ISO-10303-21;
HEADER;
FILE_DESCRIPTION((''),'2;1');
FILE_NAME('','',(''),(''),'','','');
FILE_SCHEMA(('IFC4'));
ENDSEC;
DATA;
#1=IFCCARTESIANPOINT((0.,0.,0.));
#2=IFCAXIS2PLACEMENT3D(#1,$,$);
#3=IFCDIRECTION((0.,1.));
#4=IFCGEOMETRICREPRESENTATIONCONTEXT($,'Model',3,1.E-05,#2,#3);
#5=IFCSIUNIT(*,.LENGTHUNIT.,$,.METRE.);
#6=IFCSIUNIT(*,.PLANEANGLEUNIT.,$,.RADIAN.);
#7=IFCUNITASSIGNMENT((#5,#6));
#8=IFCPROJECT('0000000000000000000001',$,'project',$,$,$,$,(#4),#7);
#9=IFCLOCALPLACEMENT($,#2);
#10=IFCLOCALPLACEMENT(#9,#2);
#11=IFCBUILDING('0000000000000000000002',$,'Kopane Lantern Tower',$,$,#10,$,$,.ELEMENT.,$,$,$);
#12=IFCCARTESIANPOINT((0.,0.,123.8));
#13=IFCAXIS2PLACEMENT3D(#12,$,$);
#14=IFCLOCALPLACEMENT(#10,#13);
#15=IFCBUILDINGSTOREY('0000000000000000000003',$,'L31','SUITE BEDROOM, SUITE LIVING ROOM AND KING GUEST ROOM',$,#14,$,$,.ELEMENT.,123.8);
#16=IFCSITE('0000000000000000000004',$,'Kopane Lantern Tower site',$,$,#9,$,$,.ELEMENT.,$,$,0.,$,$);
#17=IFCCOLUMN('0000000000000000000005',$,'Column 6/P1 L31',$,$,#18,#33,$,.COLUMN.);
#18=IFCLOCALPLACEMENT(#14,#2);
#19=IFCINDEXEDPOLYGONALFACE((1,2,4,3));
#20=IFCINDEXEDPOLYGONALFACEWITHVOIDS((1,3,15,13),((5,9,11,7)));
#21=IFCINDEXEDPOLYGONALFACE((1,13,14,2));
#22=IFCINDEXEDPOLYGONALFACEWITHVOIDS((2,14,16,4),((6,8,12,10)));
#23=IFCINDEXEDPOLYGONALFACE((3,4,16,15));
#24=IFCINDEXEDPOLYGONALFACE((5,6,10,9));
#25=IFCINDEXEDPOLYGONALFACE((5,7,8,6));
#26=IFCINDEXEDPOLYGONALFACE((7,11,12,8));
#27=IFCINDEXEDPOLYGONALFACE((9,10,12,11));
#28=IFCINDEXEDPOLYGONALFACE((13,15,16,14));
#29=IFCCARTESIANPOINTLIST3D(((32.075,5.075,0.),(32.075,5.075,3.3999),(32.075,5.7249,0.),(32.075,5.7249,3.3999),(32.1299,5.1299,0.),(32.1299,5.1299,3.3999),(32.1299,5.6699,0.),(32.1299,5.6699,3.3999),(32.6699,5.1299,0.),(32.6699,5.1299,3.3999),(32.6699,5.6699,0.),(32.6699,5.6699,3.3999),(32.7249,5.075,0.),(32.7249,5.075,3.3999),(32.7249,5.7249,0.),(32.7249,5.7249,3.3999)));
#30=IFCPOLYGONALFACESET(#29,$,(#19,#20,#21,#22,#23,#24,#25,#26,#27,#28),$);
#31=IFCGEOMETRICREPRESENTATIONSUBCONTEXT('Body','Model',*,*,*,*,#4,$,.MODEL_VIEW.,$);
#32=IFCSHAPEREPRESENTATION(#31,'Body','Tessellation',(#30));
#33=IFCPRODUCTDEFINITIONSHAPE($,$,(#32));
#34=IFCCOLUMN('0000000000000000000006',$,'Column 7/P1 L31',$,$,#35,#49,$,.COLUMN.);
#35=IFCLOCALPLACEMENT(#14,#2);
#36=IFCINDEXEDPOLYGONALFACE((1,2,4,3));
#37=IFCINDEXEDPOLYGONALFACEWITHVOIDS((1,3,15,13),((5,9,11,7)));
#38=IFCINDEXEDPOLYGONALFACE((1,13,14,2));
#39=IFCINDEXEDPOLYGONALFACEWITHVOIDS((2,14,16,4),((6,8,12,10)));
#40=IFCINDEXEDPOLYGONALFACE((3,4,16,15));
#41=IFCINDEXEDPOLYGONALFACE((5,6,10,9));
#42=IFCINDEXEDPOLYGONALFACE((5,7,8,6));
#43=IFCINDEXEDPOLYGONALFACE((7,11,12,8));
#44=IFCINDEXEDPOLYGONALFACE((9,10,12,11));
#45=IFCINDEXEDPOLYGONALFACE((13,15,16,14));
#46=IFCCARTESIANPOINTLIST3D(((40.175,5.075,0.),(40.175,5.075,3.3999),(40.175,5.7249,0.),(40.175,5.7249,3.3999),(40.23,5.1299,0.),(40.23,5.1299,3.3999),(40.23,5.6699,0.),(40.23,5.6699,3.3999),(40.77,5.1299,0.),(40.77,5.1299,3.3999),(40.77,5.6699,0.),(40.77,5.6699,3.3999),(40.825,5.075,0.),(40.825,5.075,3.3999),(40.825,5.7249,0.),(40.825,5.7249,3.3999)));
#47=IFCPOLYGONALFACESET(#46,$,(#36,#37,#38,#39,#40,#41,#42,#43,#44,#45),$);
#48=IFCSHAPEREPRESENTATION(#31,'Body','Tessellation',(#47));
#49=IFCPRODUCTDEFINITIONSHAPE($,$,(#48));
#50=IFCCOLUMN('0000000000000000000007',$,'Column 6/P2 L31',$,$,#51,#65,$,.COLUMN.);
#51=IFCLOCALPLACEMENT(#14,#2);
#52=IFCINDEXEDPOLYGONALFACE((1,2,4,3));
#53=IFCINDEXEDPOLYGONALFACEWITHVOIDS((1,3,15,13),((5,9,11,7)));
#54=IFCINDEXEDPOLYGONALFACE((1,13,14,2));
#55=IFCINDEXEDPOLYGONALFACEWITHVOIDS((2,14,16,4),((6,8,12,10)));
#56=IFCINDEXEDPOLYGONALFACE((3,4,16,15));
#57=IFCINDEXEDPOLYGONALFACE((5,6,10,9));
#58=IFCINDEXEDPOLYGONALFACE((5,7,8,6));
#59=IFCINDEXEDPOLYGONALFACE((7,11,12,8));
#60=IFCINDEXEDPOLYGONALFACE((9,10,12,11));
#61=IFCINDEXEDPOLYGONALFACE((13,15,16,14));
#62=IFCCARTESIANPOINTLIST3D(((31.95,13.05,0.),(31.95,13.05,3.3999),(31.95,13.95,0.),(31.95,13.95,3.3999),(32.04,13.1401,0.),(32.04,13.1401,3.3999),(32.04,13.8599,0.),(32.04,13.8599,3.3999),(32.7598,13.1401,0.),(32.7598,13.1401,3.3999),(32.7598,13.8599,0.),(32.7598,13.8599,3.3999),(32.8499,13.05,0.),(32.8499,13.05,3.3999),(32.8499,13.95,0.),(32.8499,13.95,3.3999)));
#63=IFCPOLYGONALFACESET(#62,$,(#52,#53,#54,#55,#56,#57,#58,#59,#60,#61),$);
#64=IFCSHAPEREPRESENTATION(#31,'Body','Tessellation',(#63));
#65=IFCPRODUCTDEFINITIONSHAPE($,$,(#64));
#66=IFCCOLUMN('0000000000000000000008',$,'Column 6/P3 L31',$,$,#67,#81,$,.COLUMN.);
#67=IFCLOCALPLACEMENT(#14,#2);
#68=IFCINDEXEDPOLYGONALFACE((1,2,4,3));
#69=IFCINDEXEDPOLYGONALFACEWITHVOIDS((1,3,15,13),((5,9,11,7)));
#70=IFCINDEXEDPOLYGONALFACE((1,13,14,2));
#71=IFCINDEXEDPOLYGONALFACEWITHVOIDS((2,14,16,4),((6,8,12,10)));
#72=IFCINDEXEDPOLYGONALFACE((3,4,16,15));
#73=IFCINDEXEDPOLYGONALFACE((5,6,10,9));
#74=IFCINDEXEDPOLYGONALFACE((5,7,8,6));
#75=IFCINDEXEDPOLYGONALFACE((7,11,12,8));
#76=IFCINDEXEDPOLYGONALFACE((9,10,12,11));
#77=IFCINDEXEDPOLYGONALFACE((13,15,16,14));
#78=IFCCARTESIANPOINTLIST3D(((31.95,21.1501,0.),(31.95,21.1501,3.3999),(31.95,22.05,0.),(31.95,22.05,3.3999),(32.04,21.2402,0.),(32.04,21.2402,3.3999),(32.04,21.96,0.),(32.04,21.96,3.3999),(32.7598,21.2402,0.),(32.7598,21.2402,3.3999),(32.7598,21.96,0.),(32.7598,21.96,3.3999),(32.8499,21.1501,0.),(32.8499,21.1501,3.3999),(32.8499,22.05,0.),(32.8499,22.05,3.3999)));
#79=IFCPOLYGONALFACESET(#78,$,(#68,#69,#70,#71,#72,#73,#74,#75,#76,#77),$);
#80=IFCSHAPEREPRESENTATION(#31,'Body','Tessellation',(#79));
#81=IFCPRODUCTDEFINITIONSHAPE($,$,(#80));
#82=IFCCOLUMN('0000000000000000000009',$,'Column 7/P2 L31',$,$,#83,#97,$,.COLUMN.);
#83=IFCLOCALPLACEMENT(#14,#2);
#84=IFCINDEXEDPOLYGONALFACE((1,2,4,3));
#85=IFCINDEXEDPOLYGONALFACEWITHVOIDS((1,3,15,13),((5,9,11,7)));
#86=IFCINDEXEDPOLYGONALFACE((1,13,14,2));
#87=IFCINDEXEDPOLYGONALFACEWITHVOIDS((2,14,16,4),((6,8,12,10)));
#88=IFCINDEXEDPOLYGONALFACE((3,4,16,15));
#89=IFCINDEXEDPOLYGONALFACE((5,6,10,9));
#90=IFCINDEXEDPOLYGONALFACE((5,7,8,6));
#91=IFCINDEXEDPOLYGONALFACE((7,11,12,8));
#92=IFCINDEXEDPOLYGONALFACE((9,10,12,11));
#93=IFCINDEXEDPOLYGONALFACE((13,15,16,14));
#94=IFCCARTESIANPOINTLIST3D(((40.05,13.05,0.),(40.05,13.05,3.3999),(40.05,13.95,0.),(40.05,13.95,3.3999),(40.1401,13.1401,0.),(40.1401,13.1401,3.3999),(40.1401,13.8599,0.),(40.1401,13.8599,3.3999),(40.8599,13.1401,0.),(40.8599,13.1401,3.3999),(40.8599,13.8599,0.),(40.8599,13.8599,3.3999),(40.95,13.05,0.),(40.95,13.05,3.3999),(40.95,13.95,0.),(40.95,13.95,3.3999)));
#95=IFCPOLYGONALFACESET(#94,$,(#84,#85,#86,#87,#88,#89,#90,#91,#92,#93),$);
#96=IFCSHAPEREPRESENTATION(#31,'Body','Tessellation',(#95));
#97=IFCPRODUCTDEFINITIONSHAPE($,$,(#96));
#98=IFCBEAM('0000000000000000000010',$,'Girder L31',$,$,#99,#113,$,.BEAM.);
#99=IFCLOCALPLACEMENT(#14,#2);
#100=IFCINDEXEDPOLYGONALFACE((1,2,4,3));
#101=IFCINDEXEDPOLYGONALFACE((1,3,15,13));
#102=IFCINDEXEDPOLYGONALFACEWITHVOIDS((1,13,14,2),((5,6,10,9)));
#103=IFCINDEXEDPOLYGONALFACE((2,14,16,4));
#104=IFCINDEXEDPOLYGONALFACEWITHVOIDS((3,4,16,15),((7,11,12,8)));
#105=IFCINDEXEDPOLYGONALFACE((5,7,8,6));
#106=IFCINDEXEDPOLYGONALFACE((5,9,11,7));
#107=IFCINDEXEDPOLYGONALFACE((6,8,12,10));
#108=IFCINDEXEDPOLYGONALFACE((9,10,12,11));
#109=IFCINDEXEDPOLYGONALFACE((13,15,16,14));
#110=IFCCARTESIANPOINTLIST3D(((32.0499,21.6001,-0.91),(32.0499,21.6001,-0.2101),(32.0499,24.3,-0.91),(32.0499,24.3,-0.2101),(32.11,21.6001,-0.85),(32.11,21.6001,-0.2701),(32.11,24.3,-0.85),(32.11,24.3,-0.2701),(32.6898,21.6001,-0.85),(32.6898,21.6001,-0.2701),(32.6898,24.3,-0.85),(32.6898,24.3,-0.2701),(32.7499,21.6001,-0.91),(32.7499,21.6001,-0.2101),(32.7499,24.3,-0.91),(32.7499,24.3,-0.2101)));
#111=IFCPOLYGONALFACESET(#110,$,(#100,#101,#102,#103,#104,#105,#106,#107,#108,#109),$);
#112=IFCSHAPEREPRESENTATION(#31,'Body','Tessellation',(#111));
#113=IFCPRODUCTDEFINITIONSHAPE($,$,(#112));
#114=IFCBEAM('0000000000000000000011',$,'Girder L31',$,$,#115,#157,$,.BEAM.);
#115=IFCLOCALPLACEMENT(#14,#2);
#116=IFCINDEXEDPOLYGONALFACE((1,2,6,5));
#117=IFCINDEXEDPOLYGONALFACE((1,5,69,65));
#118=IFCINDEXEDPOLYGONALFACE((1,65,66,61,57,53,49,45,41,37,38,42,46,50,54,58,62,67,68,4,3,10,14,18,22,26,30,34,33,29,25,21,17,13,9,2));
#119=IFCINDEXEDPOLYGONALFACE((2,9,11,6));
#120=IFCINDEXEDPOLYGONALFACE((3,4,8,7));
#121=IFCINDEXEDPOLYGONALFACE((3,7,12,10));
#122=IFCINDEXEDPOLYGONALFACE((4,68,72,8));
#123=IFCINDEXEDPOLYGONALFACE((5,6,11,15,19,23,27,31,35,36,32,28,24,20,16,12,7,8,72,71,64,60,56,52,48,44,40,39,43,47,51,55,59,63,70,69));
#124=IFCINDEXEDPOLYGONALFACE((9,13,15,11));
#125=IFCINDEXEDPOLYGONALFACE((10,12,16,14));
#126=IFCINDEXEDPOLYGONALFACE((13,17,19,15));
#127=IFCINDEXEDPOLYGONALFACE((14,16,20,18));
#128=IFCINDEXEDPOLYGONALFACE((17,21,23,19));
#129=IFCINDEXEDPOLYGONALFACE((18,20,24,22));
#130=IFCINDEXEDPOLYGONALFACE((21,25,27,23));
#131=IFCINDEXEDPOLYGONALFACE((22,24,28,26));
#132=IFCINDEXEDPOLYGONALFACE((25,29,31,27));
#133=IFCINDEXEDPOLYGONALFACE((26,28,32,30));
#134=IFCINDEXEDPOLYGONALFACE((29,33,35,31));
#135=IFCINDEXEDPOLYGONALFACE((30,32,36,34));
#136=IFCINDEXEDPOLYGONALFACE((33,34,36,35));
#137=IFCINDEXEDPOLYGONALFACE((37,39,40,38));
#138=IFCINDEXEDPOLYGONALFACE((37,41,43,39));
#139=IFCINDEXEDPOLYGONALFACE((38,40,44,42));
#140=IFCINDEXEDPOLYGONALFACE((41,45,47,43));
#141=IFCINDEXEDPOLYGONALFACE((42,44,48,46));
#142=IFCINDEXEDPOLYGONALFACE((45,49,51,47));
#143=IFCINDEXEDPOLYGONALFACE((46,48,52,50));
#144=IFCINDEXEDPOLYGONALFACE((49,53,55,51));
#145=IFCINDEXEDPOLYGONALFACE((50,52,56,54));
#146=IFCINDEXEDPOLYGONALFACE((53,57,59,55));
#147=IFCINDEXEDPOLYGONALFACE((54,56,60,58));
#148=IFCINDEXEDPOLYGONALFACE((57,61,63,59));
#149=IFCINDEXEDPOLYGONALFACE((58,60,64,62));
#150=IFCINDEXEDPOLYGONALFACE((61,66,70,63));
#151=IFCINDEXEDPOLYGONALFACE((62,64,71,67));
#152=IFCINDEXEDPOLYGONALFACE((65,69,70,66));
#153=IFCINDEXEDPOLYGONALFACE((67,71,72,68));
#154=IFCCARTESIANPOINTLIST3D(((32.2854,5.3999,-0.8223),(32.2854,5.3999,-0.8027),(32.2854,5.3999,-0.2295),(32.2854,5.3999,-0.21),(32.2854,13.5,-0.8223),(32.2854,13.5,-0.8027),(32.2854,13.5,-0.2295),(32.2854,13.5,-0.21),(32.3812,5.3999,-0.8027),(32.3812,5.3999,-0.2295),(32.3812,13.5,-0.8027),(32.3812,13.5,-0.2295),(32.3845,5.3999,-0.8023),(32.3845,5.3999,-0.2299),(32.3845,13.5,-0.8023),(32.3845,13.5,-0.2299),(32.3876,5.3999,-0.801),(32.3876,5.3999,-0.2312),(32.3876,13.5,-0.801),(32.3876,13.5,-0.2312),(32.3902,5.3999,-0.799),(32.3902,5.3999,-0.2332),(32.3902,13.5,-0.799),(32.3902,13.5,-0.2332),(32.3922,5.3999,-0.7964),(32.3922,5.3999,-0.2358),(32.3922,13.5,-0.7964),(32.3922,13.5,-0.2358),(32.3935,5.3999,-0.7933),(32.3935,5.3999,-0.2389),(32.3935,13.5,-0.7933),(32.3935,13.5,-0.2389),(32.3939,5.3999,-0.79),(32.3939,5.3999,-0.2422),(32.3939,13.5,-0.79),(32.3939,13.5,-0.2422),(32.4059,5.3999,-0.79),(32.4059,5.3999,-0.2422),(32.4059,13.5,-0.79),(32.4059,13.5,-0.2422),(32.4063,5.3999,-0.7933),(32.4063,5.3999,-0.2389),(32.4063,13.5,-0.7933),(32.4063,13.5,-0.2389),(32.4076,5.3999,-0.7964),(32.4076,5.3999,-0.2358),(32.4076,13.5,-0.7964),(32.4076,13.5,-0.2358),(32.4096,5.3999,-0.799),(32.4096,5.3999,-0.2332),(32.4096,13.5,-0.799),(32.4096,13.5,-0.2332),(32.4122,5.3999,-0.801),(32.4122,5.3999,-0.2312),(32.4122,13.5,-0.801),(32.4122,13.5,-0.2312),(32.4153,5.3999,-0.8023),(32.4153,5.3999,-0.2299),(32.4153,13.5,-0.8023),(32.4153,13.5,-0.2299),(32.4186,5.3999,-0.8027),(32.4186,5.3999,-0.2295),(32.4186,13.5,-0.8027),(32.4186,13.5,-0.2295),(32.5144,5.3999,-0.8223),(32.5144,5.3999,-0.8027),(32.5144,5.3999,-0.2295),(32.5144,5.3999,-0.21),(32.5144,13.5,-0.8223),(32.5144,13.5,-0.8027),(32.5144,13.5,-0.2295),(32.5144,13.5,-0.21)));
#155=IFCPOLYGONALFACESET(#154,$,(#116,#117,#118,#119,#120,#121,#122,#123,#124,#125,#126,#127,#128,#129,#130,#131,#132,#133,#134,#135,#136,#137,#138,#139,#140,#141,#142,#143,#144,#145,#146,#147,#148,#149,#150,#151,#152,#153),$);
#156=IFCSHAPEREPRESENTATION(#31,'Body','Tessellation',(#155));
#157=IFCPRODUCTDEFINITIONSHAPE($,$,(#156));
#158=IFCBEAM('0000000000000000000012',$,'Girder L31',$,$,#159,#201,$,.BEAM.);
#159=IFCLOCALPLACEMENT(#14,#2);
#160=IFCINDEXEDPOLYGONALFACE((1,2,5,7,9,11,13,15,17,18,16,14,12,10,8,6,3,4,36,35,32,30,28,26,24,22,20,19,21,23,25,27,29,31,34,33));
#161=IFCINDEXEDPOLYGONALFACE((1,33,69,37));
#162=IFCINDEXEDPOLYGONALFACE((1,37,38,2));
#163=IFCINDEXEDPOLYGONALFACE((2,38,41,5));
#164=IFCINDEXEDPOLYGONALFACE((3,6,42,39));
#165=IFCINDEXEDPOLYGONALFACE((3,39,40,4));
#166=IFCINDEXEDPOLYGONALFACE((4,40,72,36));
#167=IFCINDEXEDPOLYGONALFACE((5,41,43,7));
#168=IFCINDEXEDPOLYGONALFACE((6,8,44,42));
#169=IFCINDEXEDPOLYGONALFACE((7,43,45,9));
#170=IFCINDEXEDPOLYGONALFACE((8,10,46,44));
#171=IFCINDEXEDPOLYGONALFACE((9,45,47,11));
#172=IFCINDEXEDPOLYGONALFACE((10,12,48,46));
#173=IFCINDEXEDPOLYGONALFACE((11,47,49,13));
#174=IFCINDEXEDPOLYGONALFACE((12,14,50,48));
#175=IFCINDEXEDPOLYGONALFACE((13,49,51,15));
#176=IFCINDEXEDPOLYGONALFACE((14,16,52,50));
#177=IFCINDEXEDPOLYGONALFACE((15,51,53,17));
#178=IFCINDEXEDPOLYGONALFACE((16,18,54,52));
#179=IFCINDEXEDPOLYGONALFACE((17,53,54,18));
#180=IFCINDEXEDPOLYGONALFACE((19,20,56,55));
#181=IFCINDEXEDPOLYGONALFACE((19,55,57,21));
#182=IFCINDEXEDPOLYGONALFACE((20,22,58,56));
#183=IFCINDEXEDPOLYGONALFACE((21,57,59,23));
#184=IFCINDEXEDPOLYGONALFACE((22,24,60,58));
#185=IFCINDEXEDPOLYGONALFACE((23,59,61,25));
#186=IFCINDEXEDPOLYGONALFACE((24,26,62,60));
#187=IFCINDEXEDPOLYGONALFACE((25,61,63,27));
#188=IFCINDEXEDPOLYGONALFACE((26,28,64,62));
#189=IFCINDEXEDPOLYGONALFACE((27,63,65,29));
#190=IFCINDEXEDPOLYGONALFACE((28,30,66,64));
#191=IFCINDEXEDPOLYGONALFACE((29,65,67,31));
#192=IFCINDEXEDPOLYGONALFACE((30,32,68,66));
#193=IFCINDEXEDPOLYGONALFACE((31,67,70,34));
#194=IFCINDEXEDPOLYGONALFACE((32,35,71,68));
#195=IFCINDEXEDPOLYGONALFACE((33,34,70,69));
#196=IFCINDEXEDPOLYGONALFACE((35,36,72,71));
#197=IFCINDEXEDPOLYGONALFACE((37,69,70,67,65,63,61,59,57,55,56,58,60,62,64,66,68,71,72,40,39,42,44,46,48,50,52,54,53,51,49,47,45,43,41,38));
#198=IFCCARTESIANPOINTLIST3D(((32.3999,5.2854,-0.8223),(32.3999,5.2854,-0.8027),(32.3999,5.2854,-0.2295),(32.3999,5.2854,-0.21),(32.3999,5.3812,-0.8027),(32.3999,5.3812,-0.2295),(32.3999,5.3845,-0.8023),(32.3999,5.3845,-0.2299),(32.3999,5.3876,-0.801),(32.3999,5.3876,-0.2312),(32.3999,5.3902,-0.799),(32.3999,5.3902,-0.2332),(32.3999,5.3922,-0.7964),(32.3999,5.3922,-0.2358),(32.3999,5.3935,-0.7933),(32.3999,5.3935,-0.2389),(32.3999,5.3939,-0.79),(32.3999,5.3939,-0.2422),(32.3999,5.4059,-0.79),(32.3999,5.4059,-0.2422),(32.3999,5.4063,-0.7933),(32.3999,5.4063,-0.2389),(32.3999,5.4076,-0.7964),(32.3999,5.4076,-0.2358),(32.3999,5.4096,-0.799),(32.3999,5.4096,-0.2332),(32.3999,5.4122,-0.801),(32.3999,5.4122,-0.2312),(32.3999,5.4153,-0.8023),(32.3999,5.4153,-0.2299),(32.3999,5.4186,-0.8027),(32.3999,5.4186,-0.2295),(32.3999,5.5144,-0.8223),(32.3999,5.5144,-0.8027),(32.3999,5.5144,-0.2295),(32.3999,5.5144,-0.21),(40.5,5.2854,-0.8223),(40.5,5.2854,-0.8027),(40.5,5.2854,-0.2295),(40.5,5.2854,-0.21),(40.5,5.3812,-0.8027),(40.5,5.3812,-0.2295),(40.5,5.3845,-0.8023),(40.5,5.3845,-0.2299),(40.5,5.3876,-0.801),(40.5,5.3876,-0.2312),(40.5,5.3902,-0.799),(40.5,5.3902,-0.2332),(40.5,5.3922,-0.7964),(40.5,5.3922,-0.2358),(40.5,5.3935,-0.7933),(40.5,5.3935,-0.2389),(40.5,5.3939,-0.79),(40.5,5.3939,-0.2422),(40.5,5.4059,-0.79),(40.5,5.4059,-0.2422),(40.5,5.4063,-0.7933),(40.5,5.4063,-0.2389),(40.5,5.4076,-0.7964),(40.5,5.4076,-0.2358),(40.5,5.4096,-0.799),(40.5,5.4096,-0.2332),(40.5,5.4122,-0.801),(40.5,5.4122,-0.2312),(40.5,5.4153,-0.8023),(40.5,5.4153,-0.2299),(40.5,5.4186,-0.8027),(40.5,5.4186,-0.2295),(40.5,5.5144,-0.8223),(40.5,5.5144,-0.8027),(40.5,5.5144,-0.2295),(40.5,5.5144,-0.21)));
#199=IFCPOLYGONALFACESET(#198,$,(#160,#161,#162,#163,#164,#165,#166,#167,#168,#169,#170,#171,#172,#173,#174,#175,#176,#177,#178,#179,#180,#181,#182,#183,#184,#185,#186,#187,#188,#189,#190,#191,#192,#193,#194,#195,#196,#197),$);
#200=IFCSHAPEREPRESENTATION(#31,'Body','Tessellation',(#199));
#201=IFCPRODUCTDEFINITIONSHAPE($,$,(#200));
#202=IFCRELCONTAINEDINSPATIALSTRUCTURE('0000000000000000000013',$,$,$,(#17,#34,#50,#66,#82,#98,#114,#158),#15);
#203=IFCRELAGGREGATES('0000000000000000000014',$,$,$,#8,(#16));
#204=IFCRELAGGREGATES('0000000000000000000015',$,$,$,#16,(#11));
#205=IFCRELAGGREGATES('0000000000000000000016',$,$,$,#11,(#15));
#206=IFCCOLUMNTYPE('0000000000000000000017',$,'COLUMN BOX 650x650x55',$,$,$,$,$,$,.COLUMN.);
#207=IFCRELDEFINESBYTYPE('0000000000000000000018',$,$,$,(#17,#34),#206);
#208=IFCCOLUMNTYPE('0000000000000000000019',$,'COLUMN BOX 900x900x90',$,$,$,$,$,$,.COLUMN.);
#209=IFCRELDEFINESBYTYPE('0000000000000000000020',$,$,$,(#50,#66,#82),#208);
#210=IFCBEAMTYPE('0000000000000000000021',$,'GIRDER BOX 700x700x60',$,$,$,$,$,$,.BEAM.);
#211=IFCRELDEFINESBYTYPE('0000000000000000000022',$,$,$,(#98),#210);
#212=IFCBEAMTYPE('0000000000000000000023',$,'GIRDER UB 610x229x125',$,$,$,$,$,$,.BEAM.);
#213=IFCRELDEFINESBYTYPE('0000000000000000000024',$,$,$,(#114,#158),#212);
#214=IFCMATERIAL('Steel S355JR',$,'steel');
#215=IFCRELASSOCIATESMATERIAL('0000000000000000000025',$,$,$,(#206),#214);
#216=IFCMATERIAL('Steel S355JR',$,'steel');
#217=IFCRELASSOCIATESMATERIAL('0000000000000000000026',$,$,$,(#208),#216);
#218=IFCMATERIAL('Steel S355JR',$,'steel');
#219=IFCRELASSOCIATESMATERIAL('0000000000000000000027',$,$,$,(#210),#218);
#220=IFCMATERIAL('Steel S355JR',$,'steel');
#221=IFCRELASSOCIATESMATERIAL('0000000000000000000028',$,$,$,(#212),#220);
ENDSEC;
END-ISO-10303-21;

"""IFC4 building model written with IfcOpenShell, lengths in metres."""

from ifc_helpers import new_model, si_unit, direction, frame, origin, origin_2d, place, context, subcontext, project, spatial, hollow_rectangle, i_section, extrude, material, material_profile, profile_set, type_object, element, save


model = new_model("IFC4")

# Units and contexts
model_context = context("Model", 3, precision=1e-05, world=origin(), true_north=direction((0.0, 1.0)))
body_context = subcontext(model_context, "Body", "Model", "MODEL_VIEW")
ifc_project = project(units=[si_unit("LENGTHUNIT", "METRE"), si_unit("PLANEANGLEUNIT", "RADIAN")], contexts=[model_context])

# Site, building, storey
site_placement = place(None, origin())
site = spatial("IfcSite", under=ifc_project, at=site_placement, Name="Kopane Lantern Tower site", CompositionType="ELEMENT", RefElevation=0.0)
building_placement = place(site_placement, origin())
building = spatial("IfcBuilding", under=site, at=building_placement, Name="Kopane Lantern Tower", CompositionType="ELEMENT")
storey_placement = place(building_placement, frame((0.0, 0.0, 123.8)))
storey = spatial("IfcBuildingStorey", under=building, at=storey_placement, Name="L31", Description="SUITE BEDROOM, SUITE LIVING ROOM AND KING GUEST ROOM", CompositionType="ELEMENT", Elevation=123.8)

# Columns
ifc_material_1 = material(Name="Steel S355JR", Category="steel")
ifc_material_profile_1 = material_profile(ifc_material_1, hollow_rectangle(XDim=0.6499, YDim=0.6499, WallThickness=0.0549, at=origin_2d()), Name="BOX 650x650x55")
ifc_profile_set_1 = profile_set([ifc_material_profile_1], Name="Steel S355JR")
column_type_1 = type_object("IfcColumnType", Name="COLUMN BOX 650x650x55", PredefinedType="COLUMN", material=ifc_profile_set_1)
for number, where, z_axis, x_axis, name in (
    (1, (32.3999, 5.3999, 0.0), (0.0, 0.0, 1.0), (1.0, 0.0, 0.0), "Column 6/P1 L31"),
    (2, (40.5, 5.3999, 0.0), (0.0, 0.0, 1.0), (1.0, 0.0, 0.0), "Column 7/P1 L31"),
):
    element("IfcColumn", number, at=place(storey_placement, frame(where, z_axis=z_axis, x_axis=x_axis)), inside=storey, type_object=column_type_1, Name=name, PredefinedType="COLUMN", context=body_context, shape_type="SweptSolid", body=[
        extrude(hollow_rectangle(XDim=0.6499, YDim=0.6499, WallThickness=0.0549, at=origin_2d()), origin(), (0.0, 0.0, 1.0), 3.3999),
    ])
ifc_material_2 = material(Name="Steel S355JR", Category="steel")
ifc_material_profile_2 = material_profile(ifc_material_2, hollow_rectangle(XDim=0.8999, YDim=0.8999, WallThickness=0.0901, at=origin_2d()), Name="BOX 900x900x90")
ifc_profile_set_2 = profile_set([ifc_material_profile_2], Name="Steel S355JR")
column_type_2 = type_object("IfcColumnType", Name="COLUMN BOX 900x900x90", PredefinedType="COLUMN", material=ifc_profile_set_2)
for number, where, z_axis, x_axis, name in (
    (3, (32.3999, 13.5, 0.0), (0.0, 0.0, 1.0), (1.0, 0.0, 0.0), "Column 6/P2 L31"),
    (4, (32.3999, 21.6001, 0.0), (0.0, 0.0, 1.0), (1.0, 0.0, 0.0), "Column 6/P3 L31"),
    (5, (40.5, 13.5, 0.0), (0.0, 0.0, 1.0), (1.0, 0.0, 0.0), "Column 7/P2 L31"),
):
    element("IfcColumn", number, at=place(storey_placement, frame(where, z_axis=z_axis, x_axis=x_axis)), inside=storey, type_object=column_type_2, Name=name, PredefinedType="COLUMN", context=body_context, shape_type="SweptSolid", body=[
        extrude(hollow_rectangle(XDim=0.8999, YDim=0.8999, WallThickness=0.0901, at=origin_2d()), origin(), (0.0, 0.0, 1.0), 3.3999),
    ])

# Beams
ifc_material_3 = material(Name="Steel S355JR", Category="steel")
ifc_material_profile_3 = material_profile(ifc_material_3, hollow_rectangle(XDim=0.7, YDim=0.7, WallThickness=0.0601, at=origin_2d()), Name="BOX 700x700x60")
ifc_profile_set_3 = profile_set([ifc_material_profile_3], Name="Steel S355JR")
beam_type_1 = type_object("IfcBeamType", Name="GIRDER BOX 700x700x60", PredefinedType="BEAM", material=ifc_profile_set_3)
beam_placement = place(storey_placement, frame((32.3999, 21.6001, -0.5601), z_axis=(0.0, 1.0, 0.0), x_axis=(-1.0, 0.0, 0.0)))
element("IfcBeam", 6, at=beam_placement, inside=storey, type_object=beam_type_1, Name="Girder L31", PredefinedType="BEAM", context=body_context, shape_type="SweptSolid", body=[
    extrude(hollow_rectangle(XDim=0.7, YDim=0.7, WallThickness=0.0601, at=origin_2d()), origin(), (0.0, 0.0, 1.0), 2.7),
])
ifc_material_4 = material(Name="Steel S355JR", Category="steel")
ifc_material_profile_4 = material_profile(ifc_material_4, i_section(OverallWidth=0.229, OverallDepth=0.6123, WebThickness=0.012, FlangeThickness=0.0195, FilletRadius=0.0127, at=origin_2d()), Name="UB 610x229x125")
ifc_profile_set_4 = profile_set([ifc_material_profile_4], Name="Steel S355JR")
beam_type_2 = type_object("IfcBeamType", Name="GIRDER UB 610x229x125", PredefinedType="BEAM", material=ifc_profile_set_4)
for number, where, z_axis, x_axis, name in (
    (7, (32.3999, 5.3999, -0.5161), (0.0, 1.0, 0.0), (-1.0, 0.0, 0.0), "Girder L31"),
    (8, (32.3999, 5.3999, -0.5161), (1.0, 0.0, 0.0), (0.0, 1.0, 0.0), "Girder L31"),
):
    element("IfcBeam", number, at=place(storey_placement, frame(where, z_axis=z_axis, x_axis=x_axis)), inside=storey, type_object=beam_type_2, Name=name, PredefinedType="BEAM", context=body_context, shape_type="SweptSolid", body=[
        extrude(i_section(OverallWidth=0.229, OverallDepth=0.6123, WebThickness=0.012, FlangeThickness=0.0195, FilletRadius=0.0127, at=origin_2d()), origin(), (0.0, 0.0, 1.0), 8.1001),
    ])

save(model, "model.ifc")
